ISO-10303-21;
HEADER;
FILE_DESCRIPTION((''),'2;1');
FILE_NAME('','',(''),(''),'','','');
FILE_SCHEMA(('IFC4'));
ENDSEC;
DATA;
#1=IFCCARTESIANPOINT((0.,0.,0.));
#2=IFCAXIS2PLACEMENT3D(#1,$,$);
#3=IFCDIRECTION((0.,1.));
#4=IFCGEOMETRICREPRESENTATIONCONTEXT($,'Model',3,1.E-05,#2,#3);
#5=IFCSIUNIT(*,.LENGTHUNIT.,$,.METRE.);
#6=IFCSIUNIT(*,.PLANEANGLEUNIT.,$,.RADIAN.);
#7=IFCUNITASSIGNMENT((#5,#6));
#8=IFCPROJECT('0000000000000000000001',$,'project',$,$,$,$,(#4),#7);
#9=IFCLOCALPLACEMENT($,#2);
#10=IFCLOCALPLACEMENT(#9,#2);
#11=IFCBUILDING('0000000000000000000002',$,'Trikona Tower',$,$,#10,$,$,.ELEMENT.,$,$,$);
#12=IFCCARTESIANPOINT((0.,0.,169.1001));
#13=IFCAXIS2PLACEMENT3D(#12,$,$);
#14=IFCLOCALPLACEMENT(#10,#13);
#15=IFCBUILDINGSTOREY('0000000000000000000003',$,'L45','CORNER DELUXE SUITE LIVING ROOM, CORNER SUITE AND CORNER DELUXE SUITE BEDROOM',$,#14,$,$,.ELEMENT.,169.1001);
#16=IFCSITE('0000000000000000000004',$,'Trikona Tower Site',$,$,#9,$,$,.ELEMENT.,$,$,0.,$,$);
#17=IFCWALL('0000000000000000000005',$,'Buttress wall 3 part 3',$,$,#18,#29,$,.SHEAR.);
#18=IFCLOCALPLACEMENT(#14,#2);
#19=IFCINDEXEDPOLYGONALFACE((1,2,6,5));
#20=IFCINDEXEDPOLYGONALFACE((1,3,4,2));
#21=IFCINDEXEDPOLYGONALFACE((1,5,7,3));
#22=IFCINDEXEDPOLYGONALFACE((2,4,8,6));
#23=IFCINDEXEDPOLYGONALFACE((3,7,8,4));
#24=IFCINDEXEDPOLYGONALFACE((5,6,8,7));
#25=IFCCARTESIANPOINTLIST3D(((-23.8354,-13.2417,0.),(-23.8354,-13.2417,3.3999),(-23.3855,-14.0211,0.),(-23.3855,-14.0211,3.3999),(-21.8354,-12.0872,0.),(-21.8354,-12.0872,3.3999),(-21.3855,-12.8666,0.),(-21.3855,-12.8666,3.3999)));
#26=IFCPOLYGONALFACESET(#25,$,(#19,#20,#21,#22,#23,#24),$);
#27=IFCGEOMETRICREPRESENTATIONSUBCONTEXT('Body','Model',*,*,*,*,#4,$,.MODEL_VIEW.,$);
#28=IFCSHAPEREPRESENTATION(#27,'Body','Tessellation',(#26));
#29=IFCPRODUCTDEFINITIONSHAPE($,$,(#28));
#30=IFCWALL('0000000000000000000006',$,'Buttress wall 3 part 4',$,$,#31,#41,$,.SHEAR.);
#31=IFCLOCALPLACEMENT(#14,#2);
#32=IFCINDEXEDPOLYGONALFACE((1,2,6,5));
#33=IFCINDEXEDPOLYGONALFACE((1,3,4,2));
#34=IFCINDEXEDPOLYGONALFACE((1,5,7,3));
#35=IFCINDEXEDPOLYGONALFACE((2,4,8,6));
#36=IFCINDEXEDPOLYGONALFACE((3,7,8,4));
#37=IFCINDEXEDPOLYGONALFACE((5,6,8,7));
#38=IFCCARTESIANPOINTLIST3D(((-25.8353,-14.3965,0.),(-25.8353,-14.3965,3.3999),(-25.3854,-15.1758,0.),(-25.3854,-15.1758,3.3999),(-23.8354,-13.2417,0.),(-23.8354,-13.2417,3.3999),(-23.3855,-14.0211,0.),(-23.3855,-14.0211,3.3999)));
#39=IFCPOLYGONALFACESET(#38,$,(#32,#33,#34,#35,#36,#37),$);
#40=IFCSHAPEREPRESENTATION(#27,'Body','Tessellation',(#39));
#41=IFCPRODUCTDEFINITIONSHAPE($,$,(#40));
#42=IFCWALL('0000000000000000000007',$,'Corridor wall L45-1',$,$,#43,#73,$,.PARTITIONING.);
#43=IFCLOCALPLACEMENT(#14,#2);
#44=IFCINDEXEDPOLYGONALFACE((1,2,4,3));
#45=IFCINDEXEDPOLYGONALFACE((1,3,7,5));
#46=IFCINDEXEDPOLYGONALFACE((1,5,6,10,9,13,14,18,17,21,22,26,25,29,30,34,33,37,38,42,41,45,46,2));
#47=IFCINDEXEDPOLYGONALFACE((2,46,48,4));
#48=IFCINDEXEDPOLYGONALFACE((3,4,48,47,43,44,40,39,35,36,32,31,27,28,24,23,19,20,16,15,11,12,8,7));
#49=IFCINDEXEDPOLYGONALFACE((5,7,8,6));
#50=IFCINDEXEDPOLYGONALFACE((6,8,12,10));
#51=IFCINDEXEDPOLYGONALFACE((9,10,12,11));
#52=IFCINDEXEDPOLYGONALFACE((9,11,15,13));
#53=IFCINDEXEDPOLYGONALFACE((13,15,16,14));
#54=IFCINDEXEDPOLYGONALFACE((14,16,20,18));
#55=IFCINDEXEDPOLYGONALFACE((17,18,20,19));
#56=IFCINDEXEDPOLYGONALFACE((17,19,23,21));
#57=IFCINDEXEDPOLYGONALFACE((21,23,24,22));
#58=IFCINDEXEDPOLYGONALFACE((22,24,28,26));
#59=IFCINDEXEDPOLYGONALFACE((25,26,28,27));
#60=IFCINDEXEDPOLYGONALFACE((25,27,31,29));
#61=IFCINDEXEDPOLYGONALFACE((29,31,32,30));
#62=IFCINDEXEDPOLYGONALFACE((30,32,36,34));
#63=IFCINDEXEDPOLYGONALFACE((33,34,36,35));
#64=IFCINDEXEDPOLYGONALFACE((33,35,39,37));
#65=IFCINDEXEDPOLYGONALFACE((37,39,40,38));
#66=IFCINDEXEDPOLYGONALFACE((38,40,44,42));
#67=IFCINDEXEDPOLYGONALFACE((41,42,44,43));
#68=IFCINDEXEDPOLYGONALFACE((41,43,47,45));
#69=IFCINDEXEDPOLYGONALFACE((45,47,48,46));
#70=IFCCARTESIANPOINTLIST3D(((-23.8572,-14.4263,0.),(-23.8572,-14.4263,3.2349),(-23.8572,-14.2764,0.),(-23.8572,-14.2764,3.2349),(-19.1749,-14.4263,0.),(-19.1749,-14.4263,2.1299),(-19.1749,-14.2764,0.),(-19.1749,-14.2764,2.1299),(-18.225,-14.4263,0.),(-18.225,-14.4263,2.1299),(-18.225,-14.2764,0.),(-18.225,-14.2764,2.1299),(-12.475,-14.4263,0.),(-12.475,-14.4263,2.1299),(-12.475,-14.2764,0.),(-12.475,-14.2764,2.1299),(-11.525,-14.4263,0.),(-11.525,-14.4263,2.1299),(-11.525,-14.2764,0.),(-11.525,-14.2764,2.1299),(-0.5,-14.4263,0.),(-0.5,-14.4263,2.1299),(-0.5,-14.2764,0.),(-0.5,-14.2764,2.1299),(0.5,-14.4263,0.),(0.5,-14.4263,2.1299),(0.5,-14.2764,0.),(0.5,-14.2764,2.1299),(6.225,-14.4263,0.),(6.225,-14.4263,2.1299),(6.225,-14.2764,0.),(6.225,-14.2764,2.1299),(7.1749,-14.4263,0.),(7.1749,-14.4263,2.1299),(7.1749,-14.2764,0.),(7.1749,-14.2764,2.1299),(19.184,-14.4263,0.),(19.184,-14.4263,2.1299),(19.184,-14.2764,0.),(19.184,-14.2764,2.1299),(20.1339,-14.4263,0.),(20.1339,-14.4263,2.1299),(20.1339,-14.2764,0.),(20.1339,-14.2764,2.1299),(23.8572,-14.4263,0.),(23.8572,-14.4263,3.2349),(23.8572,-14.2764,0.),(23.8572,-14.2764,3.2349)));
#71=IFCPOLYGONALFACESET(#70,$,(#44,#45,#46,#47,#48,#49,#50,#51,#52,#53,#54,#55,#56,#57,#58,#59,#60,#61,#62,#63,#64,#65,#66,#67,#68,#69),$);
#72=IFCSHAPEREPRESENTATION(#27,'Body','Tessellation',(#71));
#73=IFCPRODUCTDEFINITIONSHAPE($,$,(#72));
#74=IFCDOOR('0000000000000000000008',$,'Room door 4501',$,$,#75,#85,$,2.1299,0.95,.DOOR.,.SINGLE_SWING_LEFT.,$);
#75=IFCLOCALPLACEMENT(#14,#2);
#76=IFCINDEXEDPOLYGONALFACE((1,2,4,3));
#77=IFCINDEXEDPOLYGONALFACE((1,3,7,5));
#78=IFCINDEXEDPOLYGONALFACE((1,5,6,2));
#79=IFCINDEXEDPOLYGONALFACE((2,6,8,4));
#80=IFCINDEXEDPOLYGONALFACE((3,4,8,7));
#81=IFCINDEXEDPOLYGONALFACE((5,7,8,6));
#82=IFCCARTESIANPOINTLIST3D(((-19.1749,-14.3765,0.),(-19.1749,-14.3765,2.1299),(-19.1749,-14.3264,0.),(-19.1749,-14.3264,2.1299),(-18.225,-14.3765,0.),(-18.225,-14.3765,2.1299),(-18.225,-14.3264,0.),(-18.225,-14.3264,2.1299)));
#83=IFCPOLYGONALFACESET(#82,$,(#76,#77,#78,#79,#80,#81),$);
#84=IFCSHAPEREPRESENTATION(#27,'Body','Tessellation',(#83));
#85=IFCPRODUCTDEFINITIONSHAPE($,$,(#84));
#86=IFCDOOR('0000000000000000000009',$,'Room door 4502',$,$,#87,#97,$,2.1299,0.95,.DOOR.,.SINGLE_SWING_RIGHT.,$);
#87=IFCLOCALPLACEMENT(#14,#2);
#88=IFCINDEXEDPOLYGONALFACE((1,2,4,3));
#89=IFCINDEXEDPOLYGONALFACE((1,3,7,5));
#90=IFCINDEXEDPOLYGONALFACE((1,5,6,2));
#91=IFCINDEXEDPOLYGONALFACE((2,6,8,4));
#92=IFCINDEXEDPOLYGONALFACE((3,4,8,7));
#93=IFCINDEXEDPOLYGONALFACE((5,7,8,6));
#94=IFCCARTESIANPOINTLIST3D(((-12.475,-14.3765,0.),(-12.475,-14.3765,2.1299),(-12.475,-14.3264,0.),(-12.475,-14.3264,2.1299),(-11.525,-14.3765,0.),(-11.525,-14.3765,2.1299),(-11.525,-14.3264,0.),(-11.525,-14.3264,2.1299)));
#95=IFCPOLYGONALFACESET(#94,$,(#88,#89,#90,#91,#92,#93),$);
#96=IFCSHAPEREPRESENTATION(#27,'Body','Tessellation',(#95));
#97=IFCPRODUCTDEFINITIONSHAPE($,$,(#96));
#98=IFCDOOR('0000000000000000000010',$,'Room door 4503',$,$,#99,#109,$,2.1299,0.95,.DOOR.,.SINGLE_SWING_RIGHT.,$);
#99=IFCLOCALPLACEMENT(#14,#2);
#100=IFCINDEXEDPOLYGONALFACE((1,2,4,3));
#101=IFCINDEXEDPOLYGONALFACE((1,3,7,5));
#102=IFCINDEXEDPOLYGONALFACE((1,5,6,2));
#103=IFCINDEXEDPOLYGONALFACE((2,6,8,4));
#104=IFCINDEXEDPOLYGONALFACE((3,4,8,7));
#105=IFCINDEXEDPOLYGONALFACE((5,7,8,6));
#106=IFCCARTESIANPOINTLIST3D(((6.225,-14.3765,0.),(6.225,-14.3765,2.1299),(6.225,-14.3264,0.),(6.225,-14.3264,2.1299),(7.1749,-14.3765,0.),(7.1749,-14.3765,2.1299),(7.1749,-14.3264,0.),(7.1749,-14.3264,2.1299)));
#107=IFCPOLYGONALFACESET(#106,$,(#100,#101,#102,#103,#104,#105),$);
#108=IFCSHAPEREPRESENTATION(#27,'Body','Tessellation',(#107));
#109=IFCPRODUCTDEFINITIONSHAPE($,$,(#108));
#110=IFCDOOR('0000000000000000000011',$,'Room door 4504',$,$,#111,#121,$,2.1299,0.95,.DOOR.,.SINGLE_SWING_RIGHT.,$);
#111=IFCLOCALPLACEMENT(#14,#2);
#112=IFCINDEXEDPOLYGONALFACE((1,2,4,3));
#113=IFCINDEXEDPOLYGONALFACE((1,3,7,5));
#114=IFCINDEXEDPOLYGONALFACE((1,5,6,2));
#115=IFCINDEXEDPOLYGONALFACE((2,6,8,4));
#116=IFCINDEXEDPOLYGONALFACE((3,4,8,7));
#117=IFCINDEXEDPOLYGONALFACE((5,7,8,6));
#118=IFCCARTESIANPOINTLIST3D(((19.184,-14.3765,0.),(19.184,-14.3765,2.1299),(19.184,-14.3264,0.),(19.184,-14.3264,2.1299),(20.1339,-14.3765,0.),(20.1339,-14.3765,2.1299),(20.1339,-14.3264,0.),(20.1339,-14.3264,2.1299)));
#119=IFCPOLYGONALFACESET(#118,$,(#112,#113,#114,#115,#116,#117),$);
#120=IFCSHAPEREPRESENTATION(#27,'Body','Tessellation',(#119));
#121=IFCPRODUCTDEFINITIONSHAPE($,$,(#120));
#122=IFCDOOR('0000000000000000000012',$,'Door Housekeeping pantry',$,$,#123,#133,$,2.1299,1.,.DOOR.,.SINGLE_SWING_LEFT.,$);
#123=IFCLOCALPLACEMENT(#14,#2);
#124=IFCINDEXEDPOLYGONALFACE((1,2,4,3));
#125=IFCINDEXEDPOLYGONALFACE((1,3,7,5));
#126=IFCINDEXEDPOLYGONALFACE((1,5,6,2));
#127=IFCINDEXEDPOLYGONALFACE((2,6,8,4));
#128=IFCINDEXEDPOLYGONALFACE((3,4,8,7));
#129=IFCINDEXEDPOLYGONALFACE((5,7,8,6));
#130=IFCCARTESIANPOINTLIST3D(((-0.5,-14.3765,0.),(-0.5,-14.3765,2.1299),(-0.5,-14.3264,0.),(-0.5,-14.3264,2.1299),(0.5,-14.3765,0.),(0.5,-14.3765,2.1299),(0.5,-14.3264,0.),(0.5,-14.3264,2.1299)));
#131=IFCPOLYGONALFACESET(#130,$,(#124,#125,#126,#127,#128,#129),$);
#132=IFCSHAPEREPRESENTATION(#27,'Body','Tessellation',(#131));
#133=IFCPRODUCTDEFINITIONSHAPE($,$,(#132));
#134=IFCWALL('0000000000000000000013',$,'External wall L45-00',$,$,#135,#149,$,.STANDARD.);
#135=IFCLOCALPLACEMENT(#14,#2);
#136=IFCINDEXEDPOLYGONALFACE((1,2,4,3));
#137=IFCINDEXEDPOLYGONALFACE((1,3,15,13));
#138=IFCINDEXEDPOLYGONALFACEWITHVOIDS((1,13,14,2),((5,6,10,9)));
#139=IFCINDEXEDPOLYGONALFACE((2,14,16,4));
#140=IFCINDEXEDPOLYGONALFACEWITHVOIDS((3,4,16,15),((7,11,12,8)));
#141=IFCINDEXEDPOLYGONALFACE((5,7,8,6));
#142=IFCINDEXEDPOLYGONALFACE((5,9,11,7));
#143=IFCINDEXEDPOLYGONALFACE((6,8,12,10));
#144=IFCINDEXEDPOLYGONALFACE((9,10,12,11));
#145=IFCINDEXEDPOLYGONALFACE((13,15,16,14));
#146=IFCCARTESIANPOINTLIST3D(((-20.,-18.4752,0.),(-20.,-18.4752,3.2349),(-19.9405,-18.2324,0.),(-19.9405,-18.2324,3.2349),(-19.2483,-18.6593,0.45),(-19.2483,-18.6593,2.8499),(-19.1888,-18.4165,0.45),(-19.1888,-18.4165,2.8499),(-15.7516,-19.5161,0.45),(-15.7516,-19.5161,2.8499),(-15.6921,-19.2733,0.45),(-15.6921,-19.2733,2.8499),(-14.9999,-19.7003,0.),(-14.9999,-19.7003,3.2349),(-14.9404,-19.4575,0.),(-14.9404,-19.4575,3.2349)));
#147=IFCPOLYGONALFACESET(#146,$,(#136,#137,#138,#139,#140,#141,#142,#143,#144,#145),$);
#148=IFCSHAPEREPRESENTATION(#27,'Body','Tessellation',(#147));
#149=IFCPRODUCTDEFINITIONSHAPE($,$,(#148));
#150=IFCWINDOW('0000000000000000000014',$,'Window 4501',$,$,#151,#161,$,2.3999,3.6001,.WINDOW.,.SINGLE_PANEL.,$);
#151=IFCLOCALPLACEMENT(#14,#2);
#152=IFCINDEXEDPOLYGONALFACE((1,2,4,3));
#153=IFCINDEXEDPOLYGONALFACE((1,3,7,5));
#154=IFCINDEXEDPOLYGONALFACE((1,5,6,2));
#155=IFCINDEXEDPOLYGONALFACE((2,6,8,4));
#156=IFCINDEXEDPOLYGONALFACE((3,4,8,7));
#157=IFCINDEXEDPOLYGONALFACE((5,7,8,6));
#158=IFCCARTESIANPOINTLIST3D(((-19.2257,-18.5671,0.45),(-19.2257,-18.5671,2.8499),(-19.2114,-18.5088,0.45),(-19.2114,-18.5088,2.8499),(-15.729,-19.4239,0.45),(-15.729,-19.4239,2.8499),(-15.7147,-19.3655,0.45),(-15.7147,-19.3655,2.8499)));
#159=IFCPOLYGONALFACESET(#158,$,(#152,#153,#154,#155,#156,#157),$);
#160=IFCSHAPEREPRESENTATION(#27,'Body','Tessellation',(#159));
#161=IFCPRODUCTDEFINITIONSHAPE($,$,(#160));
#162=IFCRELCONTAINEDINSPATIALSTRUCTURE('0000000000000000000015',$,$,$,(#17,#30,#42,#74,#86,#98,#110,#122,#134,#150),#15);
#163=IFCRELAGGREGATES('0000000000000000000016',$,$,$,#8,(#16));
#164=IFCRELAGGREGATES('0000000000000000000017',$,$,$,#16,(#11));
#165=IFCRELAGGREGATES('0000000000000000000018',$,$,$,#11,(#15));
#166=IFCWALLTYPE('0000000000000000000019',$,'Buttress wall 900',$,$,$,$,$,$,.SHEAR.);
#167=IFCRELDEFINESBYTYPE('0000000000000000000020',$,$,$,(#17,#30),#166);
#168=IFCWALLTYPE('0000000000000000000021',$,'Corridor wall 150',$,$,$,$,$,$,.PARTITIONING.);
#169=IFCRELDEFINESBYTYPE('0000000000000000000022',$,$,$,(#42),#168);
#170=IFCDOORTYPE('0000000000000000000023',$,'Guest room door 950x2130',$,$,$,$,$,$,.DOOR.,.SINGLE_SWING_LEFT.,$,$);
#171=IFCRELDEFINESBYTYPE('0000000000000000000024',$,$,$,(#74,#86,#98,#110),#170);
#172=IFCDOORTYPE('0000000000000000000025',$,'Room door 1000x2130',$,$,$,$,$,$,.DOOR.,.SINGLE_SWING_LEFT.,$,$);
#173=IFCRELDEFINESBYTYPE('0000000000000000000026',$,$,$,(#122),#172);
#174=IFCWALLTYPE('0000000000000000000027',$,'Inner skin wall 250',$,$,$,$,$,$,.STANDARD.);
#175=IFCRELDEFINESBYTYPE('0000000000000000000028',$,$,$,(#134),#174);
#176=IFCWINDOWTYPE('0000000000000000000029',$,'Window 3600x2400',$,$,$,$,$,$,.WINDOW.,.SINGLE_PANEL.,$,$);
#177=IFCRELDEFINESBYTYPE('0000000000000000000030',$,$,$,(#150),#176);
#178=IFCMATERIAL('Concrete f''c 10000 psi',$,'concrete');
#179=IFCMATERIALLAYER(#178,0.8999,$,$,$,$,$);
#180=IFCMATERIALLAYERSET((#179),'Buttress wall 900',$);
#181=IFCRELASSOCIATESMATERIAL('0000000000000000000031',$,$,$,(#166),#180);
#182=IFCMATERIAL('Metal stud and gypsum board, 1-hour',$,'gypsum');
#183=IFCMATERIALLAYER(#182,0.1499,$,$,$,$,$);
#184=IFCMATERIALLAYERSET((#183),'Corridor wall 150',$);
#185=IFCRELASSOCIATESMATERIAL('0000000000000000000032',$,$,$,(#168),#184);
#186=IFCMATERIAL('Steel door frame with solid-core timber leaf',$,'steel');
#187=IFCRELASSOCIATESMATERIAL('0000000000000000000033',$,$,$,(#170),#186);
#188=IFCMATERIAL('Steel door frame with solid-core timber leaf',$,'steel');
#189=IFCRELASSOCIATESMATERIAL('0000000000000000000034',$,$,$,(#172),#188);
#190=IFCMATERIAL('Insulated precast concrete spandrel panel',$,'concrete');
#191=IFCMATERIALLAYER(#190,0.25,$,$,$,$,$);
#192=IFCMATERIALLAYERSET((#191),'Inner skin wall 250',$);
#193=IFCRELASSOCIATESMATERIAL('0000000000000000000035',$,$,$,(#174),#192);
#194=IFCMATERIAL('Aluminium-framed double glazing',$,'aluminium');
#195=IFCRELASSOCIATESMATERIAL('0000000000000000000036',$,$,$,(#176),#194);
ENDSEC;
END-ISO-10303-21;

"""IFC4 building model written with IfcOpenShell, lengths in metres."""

from ifc_helpers import new_model, si_unit, direction, frame, frame_2d, origin, place, context, subcontext, project, spatial, rectangle, extrude, material, layer, layer_set, type_object, element, fill, save


model = new_model("IFC4")

# Units and contexts
model_context = context("Model", 3, precision=1e-05, world=origin(), true_north=direction((0.0, 1.0)))
body_context = subcontext(model_context, "Body", "Model", "MODEL_VIEW")
ifc_project = project(units=[si_unit("LENGTHUNIT", "METRE"), si_unit("PLANEANGLEUNIT", "RADIAN")], contexts=[model_context])

# Site, building, storey
site_placement = place(None, origin())
site = spatial("IfcSite", under=ifc_project, at=site_placement, Name="Trikona Tower Site", CompositionType="ELEMENT", RefElevation=0.0)
building_placement = place(site_placement, origin())
building = spatial("IfcBuilding", under=site, at=building_placement, Name="Trikona Tower", CompositionType="ELEMENT")
storey_placement = place(building_placement, frame((0.0, 0.0, 169.1001)))
storey = spatial("IfcBuildingStorey", under=building, at=storey_placement, Name="L45", Description="CORNER DELUXE SUITE LIVING ROOM, CORNER SUITE AND CORNER DELUXE SUITE BEDROOM", CompositionType="ELEMENT", Elevation=169.1001)

# Walls
ifc_material_1 = material(Name="Concrete f'c 10000 psi", Category="concrete")
ifc_layer_1 = layer(ifc_material_1, 0.8999)
ifc_layer_set_1 = layer_set([ifc_layer_1], Name="Buttress wall 900")
wall_type_1 = type_object("IfcWallType", Name="Buttress wall 900", PredefinedType="SHEAR", material=ifc_layer_set_1)
for number, where, z_axis, x_axis, name in (
    (1, (-21.6104, -12.4768, 0.0), (0.0, 0.0, 1.0), (-0.866055, -0.499948, 0.0), "Buttress wall 3 part 3"),
    (2, (-23.6104, -13.6313, 0.0), (0.0, 0.0, 1.0), (-0.86601, -0.500027, 0.0), "Buttress wall 3 part 4"),
):
    element("IfcWall", number, at=place(storey_placement, frame(where, z_axis=z_axis, x_axis=x_axis)), inside=storey, type_object=wall_type_1, Name=name, PredefinedType="SHEAR", context=body_context, shape_type="SweptSolid", body=[
        extrude(rectangle(XDim=2.3093, YDim=0.8999, at=frame_2d((1.1548, 0.0))), origin(), (0.0, 0.0, 1.0), 3.3999),
    ])

# Wall, openings, doors
ifc_material_2 = material(Name="Metal stud and gypsum board, 1-hour", Category="gypsum")
ifc_layer_2 = layer(ifc_material_2, 0.1499)
ifc_layer_set_2 = layer_set([ifc_layer_2], Name="Corridor wall 150")
wall_type_2 = type_object("IfcWallType", Name="Corridor wall 150", PredefinedType="PARTITIONING", material=ifc_layer_set_2)
wall_1_placement = place(storey_placement, frame((-23.8572, -14.3513, 0.0), z_axis=(0.0, 0.0, 1.0), x_axis=(1.0, 0.0, 0.0)))
wall_1 = element("IfcWall", 3, at=wall_1_placement, inside=storey, type_object=wall_type_2, Name="Corridor wall L45-1", PredefinedType="PARTITIONING", context=body_context, shape_type="SweptSolid", body=[
    extrude(rectangle(XDim=47.7144, YDim=0.1499, at=frame_2d((23.8572, 0.0))), origin(), (0.0, 0.0, 1.0), 3.2349),
])
opening_1_placement = place(wall_1_placement, frame((4.6821, 0.0, 0.0)))
opening_1 = element("IfcOpeningElement", 4, at=opening_1_placement, cuts=wall_1, PredefinedType="OPENING", context=body_context, shape_type="SweptSolid", body=[
    extrude(rectangle(XDim=0.95, YDim=2.1299, at=frame_2d((0.4751, 1.0649))), frame((0.0, 0.085, 0.0), z_axis=(0.0, -1.0, 0.0), x_axis=(1.0, 0.0, 0.0)), (0.0, 0.0, 1.0), 0.1699),
])
opening_2_placement = place(wall_1_placement, frame((11.3821, 0.0, 0.0)))
opening_2 = element("IfcOpeningElement", 5, at=opening_2_placement, cuts=wall_1, PredefinedType="OPENING", context=body_context, shape_type="SweptSolid", body=[
    extrude(rectangle(XDim=0.95, YDim=2.1299, at=frame_2d((0.4751, 1.0649))), frame((0.0, 0.085, 0.0), z_axis=(0.0, -1.0, 0.0), x_axis=(1.0, 0.0, 0.0)), (0.0, 0.0, 1.0), 0.1699),
])
opening_3_placement = place(wall_1_placement, frame((23.3572, 0.0, 0.0)))
opening_3 = element("IfcOpeningElement", 6, at=opening_3_placement, cuts=wall_1, PredefinedType="OPENING", context=body_context, shape_type="SweptSolid", body=[
    extrude(rectangle(XDim=1.0, YDim=2.1299, at=frame_2d((0.5, 1.0649))), frame((0.0, 0.085, 0.0), z_axis=(0.0, -1.0, 0.0), x_axis=(1.0, 0.0, 0.0)), (0.0, 0.0, 1.0), 0.1699),
])
opening_4_placement = place(wall_1_placement, frame((30.082, 0.0, 0.0)))
opening_4 = element("IfcOpeningElement", 7, at=opening_4_placement, cuts=wall_1, PredefinedType="OPENING", context=body_context, shape_type="SweptSolid", body=[
    extrude(rectangle(XDim=0.95, YDim=2.1299, at=frame_2d((0.4751, 1.0649))), frame((0.0, 0.085, 0.0), z_axis=(0.0, -1.0, 0.0), x_axis=(1.0, 0.0, 0.0)), (0.0, 0.0, 1.0), 0.1699),
])
opening_5_placement = place(wall_1_placement, frame((43.041, 0.0, 0.0)))
opening_5 = element("IfcOpeningElement", 8, at=opening_5_placement, cuts=wall_1, PredefinedType="OPENING", context=body_context, shape_type="SweptSolid", body=[
    extrude(rectangle(XDim=0.95, YDim=2.1299, at=frame_2d((0.4751, 1.0649))), frame((0.0, 0.085, 0.0), z_axis=(0.0, -1.0, 0.0), x_axis=(1.0, 0.0, 0.0)), (0.0, 0.0, 1.0), 0.1699),
])
ifc_material_3 = material(Name="Steel door frame with solid-core timber leaf", Category="steel")
door_type_1 = type_object("IfcDoorType", Name="Guest room door 950x2130", OperationType="SINGLE_SWING_LEFT", PredefinedType="DOOR", material=ifc_material_3)
door_1_placement = place(opening_1_placement, origin())
door_1 = element("IfcDoor", 9, at=door_1_placement, inside=storey, type_object=door_type_1, Name="Room door 4501", OperationType="SINGLE_SWING_LEFT", OverallHeight=2.1299, OverallWidth=0.95, PredefinedType="DOOR", context=body_context, shape_type="SweptSolid", body=[
    extrude(rectangle(XDim=0.95, YDim=2.1299, at=frame_2d((0.4751, 1.0649))), frame((0.0, 0.0249, 0.0), z_axis=(0.0, -1.0, 0.0), x_axis=(1.0, 0.0, 0.0)), (0.0, 0.0, 1.0), 0.05),
])
fill(opening_1, door_1)
door_2_placement = place(opening_2_placement, origin())
door_2 = element("IfcDoor", 10, at=door_2_placement, inside=storey, type_object=door_type_1, Name="Room door 4502", OperationType="SINGLE_SWING_RIGHT", OverallHeight=2.1299, OverallWidth=0.95, PredefinedType="DOOR", context=body_context, shape_type="SweptSolid", body=[
    extrude(rectangle(XDim=0.95, YDim=2.1299, at=frame_2d((0.4751, 1.0649))), frame((0.0, 0.0249, 0.0), z_axis=(0.0, -1.0, 0.0), x_axis=(1.0, 0.0, 0.0)), (0.0, 0.0, 1.0), 0.05),
])
fill(opening_2, door_2)
door_3_placement = place(opening_4_placement, origin())
door_3 = element("IfcDoor", 11, at=door_3_placement, inside=storey, type_object=door_type_1, Name="Room door 4503", OperationType="SINGLE_SWING_RIGHT", OverallHeight=2.1299, OverallWidth=0.95, PredefinedType="DOOR", context=body_context, shape_type="SweptSolid", body=[
    extrude(rectangle(XDim=0.95, YDim=2.1299, at=frame_2d((0.4751, 1.0649))), frame((0.0, 0.0249, 0.0), z_axis=(0.0, -1.0, 0.0), x_axis=(1.0, 0.0, 0.0)), (0.0, 0.0, 1.0), 0.05),
])
fill(opening_4, door_3)
door_4_placement = place(opening_5_placement, origin())
door_4 = element("IfcDoor", 12, at=door_4_placement, inside=storey, type_object=door_type_1, Name="Room door 4504", OperationType="SINGLE_SWING_RIGHT", OverallHeight=2.1299, OverallWidth=0.95, PredefinedType="DOOR", context=body_context, shape_type="SweptSolid", body=[
    extrude(rectangle(XDim=0.95, YDim=2.1299, at=frame_2d((0.4751, 1.0649))), frame((0.0, 0.0249, 0.0), z_axis=(0.0, -1.0, 0.0), x_axis=(1.0, 0.0, 0.0)), (0.0, 0.0, 1.0), 0.05),
])
fill(opening_5, door_4)
ifc_material_4 = material(Name="Steel door frame with solid-core timber leaf", Category="steel")
door_type_2 = type_object("IfcDoorType", Name="Room door 1000x2130", OperationType="SINGLE_SWING_LEFT", PredefinedType="DOOR", material=ifc_material_4)
door_5_placement = place(opening_3_placement, origin())
door_5 = element("IfcDoor", 13, at=door_5_placement, inside=storey, type_object=door_type_2, Name="Door Housekeeping pantry", OperationType="SINGLE_SWING_LEFT", OverallHeight=2.1299, OverallWidth=1.0, PredefinedType="DOOR", context=body_context, shape_type="SweptSolid", body=[
    extrude(rectangle(XDim=1.0, YDim=2.1299, at=frame_2d((0.5, 1.0649))), frame((0.0, 0.0249, 0.0), z_axis=(0.0, -1.0, 0.0), x_axis=(1.0, 0.0, 0.0)), (0.0, 0.0, 1.0), 0.05),
])
fill(opening_3, door_5)

# Wall, opening, window
ifc_material_5 = material(Name="Insulated precast concrete spandrel panel", Category="concrete")
ifc_layer_3 = layer(ifc_material_5, 0.25)
ifc_layer_set_3 = layer_set([ifc_layer_3], Name="Inner skin wall 250")
wall_type_3 = type_object("IfcWallType", Name="Inner skin wall 250", PredefinedType="STANDARD", material=ifc_layer_set_3)
wall_2_placement = place(storey_placement, frame((-19.9702, -18.3538, 0.0), z_axis=(0.0, 0.0, 1.0), x_axis=(0.97127, -0.23798, 0.0)))
wall_2 = element("IfcWall", 14, at=wall_2_placement, inside=storey, type_object=wall_type_3, Name="External wall L45-00", PredefinedType="STANDARD", context=body_context, shape_type="SweptSolid", body=[
    extrude(rectangle(XDim=5.1479, YDim=0.25, at=frame_2d((2.574, 0.0))), origin(), (0.0, 0.0, 1.0), 3.2349),
])
opening_6_placement = place(wall_2_placement, frame((0.7739, 0.0, 0.45)))
opening_6 = element("IfcOpeningElement", 15, at=opening_6_placement, cuts=wall_2, PredefinedType="OPENING", context=body_context, shape_type="SweptSolid", body=[
    extrude(rectangle(XDim=3.6001, YDim=2.3999, at=frame_2d((1.8, 1.2))), frame((0.0, 0.135, 0.0), z_axis=(0.0, -1.0, 0.0), x_axis=(1.0, 0.0, 0.0)), (0.0, 0.0, 1.0), 0.27),
])
ifc_material_6 = material(Name="Aluminium-framed double glazing", Category="aluminium")
window_type_1 = type_object("IfcWindowType", Name="Window 3600x2400", PartitioningType="SINGLE_PANEL", PredefinedType="WINDOW", material=ifc_material_6)
window_1_placement = place(opening_6_placement, origin())
window_1 = element("IfcWindow", 16, at=window_1_placement, inside=storey, type_object=window_type_1, Name="Window 4501", OverallHeight=2.3999, OverallWidth=3.6001, PartitioningType="SINGLE_PANEL", PredefinedType="WINDOW", context=body_context, shape_type="SweptSolid", body=[
    extrude(rectangle(XDim=3.6001, YDim=2.3999, at=frame_2d((1.8, 1.2))), frame((0.0, 0.03, 0.0), z_axis=(0.0, -1.0, 0.0), x_axis=(1.0, 0.0, 0.0)), (0.0, 0.0, 1.0), 0.0601),
])
fill(opening_6, window_1)

save(model, "model.ifc")
